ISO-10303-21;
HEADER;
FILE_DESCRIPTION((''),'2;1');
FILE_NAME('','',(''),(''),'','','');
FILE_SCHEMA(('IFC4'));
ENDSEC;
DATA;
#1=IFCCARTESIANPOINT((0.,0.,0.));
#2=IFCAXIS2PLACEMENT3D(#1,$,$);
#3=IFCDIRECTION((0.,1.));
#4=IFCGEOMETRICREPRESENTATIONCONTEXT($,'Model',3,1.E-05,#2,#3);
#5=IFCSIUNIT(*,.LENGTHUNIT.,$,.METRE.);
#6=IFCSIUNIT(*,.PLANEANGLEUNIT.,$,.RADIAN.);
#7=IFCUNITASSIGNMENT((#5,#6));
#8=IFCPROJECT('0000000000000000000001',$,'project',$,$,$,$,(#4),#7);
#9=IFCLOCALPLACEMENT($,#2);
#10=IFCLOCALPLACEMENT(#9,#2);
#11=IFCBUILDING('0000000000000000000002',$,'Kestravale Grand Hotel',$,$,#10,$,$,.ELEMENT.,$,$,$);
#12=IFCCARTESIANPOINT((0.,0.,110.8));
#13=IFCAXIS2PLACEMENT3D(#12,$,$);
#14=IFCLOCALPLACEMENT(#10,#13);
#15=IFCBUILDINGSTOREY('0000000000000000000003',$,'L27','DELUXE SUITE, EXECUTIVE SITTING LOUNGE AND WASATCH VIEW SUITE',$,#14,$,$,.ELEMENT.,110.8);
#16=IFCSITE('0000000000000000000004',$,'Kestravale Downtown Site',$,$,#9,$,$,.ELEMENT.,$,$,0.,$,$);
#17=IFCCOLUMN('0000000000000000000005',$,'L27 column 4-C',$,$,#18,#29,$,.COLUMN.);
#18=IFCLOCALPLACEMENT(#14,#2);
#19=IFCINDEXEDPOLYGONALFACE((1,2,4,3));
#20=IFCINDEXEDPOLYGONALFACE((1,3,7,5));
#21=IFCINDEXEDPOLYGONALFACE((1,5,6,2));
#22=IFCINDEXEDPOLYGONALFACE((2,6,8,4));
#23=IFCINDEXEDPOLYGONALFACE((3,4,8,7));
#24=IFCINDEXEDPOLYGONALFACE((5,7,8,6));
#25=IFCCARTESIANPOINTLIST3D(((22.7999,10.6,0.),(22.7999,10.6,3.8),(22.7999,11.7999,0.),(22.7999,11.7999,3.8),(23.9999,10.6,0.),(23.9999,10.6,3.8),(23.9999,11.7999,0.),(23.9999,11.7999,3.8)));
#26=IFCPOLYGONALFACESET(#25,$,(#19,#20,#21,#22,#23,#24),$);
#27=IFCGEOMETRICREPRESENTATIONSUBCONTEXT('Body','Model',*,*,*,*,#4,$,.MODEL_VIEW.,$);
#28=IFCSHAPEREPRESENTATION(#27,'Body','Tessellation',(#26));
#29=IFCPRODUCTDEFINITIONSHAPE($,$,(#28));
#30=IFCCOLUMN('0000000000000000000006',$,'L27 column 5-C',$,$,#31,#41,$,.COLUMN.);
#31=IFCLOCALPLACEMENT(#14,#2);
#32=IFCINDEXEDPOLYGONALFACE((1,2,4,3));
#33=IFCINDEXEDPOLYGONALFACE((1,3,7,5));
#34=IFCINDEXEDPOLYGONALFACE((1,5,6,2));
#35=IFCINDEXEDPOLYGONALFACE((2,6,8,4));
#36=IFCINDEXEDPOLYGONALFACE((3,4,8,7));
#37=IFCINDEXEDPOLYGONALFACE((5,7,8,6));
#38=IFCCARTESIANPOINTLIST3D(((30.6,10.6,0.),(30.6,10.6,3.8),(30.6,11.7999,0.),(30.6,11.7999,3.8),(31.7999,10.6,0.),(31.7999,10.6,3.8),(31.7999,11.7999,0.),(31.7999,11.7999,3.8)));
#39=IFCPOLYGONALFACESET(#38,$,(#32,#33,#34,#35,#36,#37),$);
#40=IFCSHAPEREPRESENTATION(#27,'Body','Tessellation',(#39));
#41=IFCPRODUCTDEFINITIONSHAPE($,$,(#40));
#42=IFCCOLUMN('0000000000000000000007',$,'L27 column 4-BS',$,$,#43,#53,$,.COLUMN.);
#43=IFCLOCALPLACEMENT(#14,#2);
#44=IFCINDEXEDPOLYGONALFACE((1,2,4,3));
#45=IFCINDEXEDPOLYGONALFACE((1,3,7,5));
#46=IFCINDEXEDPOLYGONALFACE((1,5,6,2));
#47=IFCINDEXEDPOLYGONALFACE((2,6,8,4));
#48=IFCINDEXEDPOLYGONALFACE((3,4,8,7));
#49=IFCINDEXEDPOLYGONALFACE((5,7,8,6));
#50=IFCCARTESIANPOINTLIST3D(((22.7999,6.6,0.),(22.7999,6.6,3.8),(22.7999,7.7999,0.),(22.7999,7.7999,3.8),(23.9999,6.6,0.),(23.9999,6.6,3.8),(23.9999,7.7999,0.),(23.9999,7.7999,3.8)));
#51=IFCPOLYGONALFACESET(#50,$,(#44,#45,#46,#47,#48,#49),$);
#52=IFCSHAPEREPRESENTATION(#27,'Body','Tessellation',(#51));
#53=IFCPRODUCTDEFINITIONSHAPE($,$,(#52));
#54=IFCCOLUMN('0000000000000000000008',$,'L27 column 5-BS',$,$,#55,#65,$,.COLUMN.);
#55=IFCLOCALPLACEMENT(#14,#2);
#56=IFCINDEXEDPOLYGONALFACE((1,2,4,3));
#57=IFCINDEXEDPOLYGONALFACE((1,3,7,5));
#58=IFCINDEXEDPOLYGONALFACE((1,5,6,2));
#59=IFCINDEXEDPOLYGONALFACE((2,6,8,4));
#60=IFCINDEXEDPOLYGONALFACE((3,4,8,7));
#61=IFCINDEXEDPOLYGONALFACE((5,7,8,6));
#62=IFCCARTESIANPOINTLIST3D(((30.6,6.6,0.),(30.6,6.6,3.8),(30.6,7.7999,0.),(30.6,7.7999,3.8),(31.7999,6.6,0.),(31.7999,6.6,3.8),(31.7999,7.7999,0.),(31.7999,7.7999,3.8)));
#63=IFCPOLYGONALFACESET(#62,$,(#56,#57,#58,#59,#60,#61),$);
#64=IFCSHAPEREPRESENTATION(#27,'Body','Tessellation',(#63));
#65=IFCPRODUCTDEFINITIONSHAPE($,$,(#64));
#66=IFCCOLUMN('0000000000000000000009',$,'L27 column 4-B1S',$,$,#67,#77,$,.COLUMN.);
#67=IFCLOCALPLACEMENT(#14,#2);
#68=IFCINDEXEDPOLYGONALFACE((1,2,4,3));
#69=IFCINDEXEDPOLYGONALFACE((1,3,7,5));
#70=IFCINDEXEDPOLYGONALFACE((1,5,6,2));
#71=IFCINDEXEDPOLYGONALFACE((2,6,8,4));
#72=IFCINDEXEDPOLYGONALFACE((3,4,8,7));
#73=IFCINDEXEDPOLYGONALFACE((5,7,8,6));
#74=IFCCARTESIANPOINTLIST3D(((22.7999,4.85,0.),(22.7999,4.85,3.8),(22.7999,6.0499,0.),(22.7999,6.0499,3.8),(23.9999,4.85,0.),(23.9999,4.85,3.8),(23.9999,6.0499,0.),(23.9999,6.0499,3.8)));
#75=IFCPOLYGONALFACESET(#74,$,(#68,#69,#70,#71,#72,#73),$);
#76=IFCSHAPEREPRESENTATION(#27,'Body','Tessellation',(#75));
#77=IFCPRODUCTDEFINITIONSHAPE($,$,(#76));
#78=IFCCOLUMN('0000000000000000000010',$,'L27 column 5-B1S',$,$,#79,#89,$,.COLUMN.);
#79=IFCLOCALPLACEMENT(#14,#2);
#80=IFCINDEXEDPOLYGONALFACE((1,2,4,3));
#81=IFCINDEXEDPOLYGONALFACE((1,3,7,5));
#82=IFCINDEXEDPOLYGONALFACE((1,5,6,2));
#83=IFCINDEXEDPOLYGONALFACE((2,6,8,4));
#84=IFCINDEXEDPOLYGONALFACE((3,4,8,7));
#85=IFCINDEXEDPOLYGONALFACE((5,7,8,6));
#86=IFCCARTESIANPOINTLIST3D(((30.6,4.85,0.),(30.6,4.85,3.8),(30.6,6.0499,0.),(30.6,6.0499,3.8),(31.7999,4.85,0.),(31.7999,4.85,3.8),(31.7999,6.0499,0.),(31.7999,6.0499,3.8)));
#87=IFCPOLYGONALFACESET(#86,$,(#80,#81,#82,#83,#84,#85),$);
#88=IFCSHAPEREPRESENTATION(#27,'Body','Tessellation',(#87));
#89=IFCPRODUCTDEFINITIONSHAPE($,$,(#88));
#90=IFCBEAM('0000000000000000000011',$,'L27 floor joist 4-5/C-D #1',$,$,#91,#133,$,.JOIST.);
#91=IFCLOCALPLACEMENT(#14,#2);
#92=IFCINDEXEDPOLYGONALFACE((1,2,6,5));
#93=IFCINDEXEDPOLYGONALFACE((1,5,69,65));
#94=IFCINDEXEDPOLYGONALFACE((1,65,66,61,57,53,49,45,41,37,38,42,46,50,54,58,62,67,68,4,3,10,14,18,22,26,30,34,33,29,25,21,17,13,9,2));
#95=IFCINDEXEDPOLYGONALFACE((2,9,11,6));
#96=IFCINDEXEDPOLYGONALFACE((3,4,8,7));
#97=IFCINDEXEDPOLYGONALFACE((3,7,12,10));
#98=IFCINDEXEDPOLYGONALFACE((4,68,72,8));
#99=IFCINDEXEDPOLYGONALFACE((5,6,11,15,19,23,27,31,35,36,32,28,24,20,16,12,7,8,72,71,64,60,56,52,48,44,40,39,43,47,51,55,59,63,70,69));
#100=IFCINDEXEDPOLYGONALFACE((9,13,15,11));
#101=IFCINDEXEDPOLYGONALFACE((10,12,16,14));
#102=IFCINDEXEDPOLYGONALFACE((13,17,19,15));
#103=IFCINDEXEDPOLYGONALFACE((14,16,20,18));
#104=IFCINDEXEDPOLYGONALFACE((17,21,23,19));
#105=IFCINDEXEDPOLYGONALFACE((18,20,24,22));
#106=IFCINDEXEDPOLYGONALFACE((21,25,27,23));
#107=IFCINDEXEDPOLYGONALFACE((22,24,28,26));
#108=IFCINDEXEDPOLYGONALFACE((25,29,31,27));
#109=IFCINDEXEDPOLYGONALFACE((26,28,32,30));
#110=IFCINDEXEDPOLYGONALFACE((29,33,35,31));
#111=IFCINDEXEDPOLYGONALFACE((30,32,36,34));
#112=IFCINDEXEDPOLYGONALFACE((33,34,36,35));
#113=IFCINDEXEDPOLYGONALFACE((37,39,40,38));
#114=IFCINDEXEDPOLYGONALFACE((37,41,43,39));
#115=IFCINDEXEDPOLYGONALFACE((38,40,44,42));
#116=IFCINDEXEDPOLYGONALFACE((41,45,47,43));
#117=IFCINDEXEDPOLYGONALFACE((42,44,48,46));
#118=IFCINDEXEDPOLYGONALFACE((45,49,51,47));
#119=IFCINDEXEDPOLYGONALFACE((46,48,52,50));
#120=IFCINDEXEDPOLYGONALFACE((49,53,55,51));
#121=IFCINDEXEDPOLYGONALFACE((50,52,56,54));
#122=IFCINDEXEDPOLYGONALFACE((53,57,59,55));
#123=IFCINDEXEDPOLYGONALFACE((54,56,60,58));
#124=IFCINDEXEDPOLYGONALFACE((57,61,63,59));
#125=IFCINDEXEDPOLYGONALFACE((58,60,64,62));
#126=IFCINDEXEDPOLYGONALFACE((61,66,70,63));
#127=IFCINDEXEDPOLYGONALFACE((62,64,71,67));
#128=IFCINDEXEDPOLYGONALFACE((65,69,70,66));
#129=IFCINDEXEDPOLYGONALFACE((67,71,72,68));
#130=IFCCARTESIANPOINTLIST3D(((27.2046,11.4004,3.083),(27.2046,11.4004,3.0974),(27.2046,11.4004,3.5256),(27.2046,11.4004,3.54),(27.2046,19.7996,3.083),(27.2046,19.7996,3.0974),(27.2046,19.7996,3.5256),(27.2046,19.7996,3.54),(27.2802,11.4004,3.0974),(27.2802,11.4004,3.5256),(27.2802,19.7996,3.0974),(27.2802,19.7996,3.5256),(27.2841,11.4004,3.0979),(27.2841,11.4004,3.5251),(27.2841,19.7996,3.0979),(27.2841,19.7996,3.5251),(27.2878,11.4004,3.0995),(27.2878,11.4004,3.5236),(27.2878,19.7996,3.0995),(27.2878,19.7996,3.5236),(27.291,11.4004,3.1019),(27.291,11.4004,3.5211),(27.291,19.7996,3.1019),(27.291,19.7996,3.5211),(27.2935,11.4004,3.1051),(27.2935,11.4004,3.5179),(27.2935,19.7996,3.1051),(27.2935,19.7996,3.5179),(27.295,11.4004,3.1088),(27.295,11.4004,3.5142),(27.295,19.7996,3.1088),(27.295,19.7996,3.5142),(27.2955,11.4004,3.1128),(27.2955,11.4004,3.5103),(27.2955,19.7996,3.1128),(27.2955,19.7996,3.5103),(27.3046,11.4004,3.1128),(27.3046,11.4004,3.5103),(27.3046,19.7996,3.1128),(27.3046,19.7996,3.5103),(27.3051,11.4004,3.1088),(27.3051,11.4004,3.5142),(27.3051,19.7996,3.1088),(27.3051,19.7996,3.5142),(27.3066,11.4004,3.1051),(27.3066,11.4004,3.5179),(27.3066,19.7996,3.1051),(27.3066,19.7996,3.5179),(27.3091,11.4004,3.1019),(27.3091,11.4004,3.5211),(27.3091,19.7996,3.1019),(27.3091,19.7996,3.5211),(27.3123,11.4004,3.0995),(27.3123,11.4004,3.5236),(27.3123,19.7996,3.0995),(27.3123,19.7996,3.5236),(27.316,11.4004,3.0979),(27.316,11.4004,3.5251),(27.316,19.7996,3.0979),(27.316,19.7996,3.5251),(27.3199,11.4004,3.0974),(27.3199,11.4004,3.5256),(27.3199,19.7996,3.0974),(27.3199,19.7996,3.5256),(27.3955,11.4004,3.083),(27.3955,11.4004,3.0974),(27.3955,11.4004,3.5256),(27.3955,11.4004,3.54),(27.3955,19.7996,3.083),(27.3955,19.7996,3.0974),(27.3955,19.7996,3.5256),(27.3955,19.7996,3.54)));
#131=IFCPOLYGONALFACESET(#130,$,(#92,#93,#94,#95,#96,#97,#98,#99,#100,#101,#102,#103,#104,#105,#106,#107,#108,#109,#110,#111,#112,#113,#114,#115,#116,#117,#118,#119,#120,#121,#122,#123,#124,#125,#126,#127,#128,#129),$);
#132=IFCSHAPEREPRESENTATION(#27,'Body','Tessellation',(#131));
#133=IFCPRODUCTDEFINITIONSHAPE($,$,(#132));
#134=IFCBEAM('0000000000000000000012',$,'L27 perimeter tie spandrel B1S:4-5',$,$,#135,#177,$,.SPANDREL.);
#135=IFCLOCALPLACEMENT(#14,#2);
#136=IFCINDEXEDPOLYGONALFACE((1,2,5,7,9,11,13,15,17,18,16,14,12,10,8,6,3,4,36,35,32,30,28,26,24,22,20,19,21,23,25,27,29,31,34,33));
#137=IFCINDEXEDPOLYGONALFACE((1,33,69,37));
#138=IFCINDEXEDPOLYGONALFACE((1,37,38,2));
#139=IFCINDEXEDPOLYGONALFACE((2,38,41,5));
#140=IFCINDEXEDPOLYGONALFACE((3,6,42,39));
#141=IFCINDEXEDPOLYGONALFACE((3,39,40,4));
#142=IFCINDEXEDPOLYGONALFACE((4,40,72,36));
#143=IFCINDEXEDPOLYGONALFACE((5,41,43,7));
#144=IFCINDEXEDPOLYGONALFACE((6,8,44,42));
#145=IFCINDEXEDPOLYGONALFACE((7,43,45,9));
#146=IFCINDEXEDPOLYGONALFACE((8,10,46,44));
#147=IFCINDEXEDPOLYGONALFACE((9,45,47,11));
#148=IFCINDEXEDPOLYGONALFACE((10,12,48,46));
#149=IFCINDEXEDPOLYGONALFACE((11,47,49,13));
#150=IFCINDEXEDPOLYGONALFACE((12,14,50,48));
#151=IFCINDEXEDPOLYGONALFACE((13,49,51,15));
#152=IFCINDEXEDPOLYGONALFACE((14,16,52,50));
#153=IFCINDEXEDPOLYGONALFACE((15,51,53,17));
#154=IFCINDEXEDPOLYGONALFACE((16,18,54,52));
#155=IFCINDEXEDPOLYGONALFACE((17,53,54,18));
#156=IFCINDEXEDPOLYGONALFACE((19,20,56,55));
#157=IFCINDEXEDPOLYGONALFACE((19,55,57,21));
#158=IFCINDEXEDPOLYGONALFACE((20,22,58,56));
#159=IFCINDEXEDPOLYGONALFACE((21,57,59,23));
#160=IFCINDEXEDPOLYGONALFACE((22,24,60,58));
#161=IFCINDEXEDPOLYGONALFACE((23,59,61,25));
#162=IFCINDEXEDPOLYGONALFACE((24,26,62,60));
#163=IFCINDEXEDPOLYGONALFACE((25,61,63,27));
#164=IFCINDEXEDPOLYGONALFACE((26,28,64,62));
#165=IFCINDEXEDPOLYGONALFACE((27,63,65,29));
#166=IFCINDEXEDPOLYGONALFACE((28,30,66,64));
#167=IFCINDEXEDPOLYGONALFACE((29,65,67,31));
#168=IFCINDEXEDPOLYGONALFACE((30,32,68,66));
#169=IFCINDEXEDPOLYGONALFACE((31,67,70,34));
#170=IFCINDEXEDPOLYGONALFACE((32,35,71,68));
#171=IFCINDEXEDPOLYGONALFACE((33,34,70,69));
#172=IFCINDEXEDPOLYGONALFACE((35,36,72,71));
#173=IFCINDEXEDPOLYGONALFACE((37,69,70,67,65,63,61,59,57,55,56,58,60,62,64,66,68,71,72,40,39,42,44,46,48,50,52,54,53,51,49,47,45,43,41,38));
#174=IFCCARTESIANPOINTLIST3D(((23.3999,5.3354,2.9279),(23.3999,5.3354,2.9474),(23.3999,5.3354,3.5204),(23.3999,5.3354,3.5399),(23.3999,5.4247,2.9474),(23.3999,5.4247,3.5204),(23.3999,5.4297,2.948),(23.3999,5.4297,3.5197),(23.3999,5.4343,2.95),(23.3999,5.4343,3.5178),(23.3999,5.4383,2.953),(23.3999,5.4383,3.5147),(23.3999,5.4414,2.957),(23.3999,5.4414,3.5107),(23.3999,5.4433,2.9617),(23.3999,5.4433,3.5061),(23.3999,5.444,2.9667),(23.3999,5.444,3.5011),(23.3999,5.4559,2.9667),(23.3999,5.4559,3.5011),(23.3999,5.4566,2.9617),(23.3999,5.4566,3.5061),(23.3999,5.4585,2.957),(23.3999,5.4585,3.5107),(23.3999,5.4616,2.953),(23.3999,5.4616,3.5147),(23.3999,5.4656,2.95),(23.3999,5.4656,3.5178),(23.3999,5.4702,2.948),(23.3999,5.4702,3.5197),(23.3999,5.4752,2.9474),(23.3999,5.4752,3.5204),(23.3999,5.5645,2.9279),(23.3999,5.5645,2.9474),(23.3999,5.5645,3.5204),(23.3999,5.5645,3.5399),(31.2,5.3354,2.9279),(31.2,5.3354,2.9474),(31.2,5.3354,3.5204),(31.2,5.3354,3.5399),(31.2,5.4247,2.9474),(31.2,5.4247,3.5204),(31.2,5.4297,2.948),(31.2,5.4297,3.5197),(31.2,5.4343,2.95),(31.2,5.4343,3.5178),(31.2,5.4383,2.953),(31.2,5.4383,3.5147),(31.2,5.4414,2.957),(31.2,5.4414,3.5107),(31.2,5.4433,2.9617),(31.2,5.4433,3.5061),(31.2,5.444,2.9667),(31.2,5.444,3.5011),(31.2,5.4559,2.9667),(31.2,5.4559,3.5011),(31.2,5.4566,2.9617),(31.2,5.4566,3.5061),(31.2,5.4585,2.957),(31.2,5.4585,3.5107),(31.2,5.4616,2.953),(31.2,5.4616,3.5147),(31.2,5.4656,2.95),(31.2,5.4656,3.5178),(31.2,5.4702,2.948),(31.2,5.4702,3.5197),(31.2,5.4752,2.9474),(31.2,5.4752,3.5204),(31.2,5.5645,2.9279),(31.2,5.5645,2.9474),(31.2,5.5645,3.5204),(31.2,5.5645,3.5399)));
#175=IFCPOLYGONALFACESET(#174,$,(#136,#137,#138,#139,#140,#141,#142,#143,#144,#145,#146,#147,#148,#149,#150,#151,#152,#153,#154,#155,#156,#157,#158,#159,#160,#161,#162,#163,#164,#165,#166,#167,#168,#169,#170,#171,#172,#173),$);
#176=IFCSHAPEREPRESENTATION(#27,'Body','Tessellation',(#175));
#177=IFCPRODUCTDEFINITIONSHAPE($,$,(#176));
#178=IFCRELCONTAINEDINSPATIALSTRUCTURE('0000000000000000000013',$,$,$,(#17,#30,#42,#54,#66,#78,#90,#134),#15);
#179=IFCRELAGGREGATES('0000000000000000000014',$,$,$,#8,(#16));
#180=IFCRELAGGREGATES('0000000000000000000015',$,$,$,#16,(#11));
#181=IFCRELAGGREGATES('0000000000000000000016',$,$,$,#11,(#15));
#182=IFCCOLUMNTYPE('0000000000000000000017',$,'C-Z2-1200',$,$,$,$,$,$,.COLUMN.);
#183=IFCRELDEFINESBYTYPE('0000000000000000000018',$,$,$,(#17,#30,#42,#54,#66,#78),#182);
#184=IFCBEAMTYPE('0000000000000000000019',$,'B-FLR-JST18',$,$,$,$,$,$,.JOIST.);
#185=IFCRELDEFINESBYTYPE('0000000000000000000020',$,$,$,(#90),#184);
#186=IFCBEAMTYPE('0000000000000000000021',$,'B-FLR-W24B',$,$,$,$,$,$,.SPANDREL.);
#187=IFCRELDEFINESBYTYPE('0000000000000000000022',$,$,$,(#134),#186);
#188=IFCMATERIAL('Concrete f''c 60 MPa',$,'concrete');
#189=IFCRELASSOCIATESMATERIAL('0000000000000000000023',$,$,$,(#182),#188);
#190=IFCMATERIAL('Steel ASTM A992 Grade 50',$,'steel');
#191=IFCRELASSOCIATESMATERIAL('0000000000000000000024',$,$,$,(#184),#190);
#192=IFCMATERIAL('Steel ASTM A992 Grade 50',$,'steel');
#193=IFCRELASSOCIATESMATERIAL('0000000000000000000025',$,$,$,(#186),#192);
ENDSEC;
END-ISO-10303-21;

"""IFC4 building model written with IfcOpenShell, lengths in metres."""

from ifc_helpers import new_model, si_unit, direction, frame, origin, origin_2d, place, context, subcontext, project, spatial, rectangle, i_section, extrude, material, material_profile, profile_set, type_object, element, save


model = new_model("IFC4")

# Units and contexts
model_context = context("Model", 3, precision=1e-05, world=origin(), true_north=direction((0.0, 1.0)))
body_context = subcontext(model_context, "Body", "Model", "MODEL_VIEW")
ifc_project = project(units=[si_unit("LENGTHUNIT", "METRE"), si_unit("PLANEANGLEUNIT", "RADIAN")], contexts=[model_context])

# Site, building, storey
site_placement = place(None, origin())
site = spatial("IfcSite", under=ifc_project, at=site_placement, Name="Kestravale Downtown Site", CompositionType="ELEMENT", RefElevation=0.0)
building_placement = place(site_placement, origin())
building = spatial("IfcBuilding", under=site, at=building_placement, Name="Kestravale Grand Hotel", CompositionType="ELEMENT")
storey_placement = place(building_placement, frame((0.0, 0.0, 110.8)))
storey = spatial("IfcBuildingStorey", under=building, at=storey_placement, Name="L27", Description="DELUXE SUITE, EXECUTIVE SITTING LOUNGE AND WASATCH VIEW SUITE", CompositionType="ELEMENT", Elevation=110.8)

# Columns
ifc_material_1 = material(Name="Concrete f'c 60 MPa", Category="concrete")
ifc_material_profile_1 = material_profile(ifc_material_1, rectangle(XDim=1.2, YDim=1.2, at=origin_2d()))
ifc_profile_set_1 = profile_set([ifc_material_profile_1], Name="Concrete f'c 60 MPa")
column_type = type_object("IfcColumnType", Name="C-Z2-1200", PredefinedType="COLUMN", material=ifc_profile_set_1)
for number, where, z_axis, x_axis, name in (
    (1, (23.3999, 11.2, 0.0), (0.0, 0.0, 1.0), (1.0, 0.0, 0.0), "L27 column 4-C"),
    (2, (31.2, 11.2, 0.0), (0.0, 0.0, 1.0), (1.0, 0.0, 0.0), "L27 column 5-C"),
    (3, (23.3999, 7.2, 0.0), (0.0, 0.0, 1.0), (1.0, 0.0, 0.0), "L27 column 4-BS"),
    (4, (31.2, 7.2, 0.0), (0.0, 0.0, 1.0), (1.0, 0.0, 0.0), "L27 column 5-BS"),
    (5, (23.3999, 5.45, 0.0), (0.0, 0.0, 1.0), (1.0, 0.0, 0.0), "L27 column 4-B1S"),
    (6, (31.2, 5.45, 0.0), (0.0, 0.0, 1.0), (1.0, 0.0, 0.0), "L27 column 5-B1S"),
):
    element("IfcColumn", number, at=place(storey_placement, frame(where, z_axis=z_axis, x_axis=x_axis)), inside=storey, type_object=column_type, Name=name, PredefinedType="COLUMN", context=body_context, shape_type="SweptSolid", body=[
        extrude(rectangle(XDim=1.2, YDim=1.2, at=origin_2d()), origin(), (0.0, 0.0, 1.0), 3.8),
    ])

# Beams
ifc_material_2 = material(Name="Steel ASTM A992 Grade 50", Category="steel")
ifc_material_profile_2 = material_profile(ifc_material_2, i_section(OverallWidth=0.1909, OverallDepth=0.457, WebThickness=0.009, FlangeThickness=0.0144, FilletRadius=0.0154, at=origin_2d()))
ifc_profile_set_2 = profile_set([ifc_material_profile_2], Name="Steel ASTM A992 Grade 50")
beam_type_1 = type_object("IfcBeamType", Name="B-FLR-JST18", PredefinedType="JOIST", material=ifc_profile_set_2)
beam_1_placement = place(storey_placement, frame((27.3, 11.4004, 3.3115), z_axis=(0.0, 1.0, 0.0), x_axis=(-1.0, 0.0, 0.0)))
element("IfcBeam", 7, at=beam_1_placement, inside=storey, type_object=beam_type_1, Name="L27 floor joist 4-5/C-D #1", PredefinedType="JOIST", context=body_context, shape_type="SweptSolid", body=[
    extrude(i_section(OverallWidth=0.1909, OverallDepth=0.457, WebThickness=0.009, FlangeThickness=0.0144, FilletRadius=0.0154, at=origin_2d()), origin(), (0.0, 0.0, 1.0), 8.3992),
])
ifc_material_3 = material(Name="Steel ASTM A992 Grade 50", Category="steel")
ifc_material_profile_3 = material_profile(ifc_material_3, i_section(OverallWidth=0.229, OverallDepth=0.6121, WebThickness=0.012, FlangeThickness=0.0195, FilletRadius=0.0193, at=origin_2d()))
ifc_profile_set_3 = profile_set([ifc_material_profile_3], Name="Steel ASTM A992 Grade 50")
beam_type_2 = type_object("IfcBeamType", Name="B-FLR-W24B", PredefinedType="SPANDREL", material=ifc_profile_set_3)
for number, where, z_axis, x_axis, name in (
    (8, (23.3999, 5.45, 3.2339), (1.0, 0.0, 0.0), (0.0, 1.0, 0.0), "L27 perimeter tie spandrel B1S:4-5"),
):
    element("IfcBeam", number, at=place(storey_placement, frame(where, z_axis=z_axis, x_axis=x_axis)), inside=storey, type_object=beam_type_2, Name=name, PredefinedType="SPANDREL", context=body_context, shape_type="SweptSolid", body=[
        extrude(i_section(OverallWidth=0.229, OverallDepth=0.6121, WebThickness=0.012, FlangeThickness=0.0195, FilletRadius=0.0193, at=origin_2d()), origin(), (0.0, 0.0, 1.0), 7.8),
    ])

save(model, "model.ifc")
